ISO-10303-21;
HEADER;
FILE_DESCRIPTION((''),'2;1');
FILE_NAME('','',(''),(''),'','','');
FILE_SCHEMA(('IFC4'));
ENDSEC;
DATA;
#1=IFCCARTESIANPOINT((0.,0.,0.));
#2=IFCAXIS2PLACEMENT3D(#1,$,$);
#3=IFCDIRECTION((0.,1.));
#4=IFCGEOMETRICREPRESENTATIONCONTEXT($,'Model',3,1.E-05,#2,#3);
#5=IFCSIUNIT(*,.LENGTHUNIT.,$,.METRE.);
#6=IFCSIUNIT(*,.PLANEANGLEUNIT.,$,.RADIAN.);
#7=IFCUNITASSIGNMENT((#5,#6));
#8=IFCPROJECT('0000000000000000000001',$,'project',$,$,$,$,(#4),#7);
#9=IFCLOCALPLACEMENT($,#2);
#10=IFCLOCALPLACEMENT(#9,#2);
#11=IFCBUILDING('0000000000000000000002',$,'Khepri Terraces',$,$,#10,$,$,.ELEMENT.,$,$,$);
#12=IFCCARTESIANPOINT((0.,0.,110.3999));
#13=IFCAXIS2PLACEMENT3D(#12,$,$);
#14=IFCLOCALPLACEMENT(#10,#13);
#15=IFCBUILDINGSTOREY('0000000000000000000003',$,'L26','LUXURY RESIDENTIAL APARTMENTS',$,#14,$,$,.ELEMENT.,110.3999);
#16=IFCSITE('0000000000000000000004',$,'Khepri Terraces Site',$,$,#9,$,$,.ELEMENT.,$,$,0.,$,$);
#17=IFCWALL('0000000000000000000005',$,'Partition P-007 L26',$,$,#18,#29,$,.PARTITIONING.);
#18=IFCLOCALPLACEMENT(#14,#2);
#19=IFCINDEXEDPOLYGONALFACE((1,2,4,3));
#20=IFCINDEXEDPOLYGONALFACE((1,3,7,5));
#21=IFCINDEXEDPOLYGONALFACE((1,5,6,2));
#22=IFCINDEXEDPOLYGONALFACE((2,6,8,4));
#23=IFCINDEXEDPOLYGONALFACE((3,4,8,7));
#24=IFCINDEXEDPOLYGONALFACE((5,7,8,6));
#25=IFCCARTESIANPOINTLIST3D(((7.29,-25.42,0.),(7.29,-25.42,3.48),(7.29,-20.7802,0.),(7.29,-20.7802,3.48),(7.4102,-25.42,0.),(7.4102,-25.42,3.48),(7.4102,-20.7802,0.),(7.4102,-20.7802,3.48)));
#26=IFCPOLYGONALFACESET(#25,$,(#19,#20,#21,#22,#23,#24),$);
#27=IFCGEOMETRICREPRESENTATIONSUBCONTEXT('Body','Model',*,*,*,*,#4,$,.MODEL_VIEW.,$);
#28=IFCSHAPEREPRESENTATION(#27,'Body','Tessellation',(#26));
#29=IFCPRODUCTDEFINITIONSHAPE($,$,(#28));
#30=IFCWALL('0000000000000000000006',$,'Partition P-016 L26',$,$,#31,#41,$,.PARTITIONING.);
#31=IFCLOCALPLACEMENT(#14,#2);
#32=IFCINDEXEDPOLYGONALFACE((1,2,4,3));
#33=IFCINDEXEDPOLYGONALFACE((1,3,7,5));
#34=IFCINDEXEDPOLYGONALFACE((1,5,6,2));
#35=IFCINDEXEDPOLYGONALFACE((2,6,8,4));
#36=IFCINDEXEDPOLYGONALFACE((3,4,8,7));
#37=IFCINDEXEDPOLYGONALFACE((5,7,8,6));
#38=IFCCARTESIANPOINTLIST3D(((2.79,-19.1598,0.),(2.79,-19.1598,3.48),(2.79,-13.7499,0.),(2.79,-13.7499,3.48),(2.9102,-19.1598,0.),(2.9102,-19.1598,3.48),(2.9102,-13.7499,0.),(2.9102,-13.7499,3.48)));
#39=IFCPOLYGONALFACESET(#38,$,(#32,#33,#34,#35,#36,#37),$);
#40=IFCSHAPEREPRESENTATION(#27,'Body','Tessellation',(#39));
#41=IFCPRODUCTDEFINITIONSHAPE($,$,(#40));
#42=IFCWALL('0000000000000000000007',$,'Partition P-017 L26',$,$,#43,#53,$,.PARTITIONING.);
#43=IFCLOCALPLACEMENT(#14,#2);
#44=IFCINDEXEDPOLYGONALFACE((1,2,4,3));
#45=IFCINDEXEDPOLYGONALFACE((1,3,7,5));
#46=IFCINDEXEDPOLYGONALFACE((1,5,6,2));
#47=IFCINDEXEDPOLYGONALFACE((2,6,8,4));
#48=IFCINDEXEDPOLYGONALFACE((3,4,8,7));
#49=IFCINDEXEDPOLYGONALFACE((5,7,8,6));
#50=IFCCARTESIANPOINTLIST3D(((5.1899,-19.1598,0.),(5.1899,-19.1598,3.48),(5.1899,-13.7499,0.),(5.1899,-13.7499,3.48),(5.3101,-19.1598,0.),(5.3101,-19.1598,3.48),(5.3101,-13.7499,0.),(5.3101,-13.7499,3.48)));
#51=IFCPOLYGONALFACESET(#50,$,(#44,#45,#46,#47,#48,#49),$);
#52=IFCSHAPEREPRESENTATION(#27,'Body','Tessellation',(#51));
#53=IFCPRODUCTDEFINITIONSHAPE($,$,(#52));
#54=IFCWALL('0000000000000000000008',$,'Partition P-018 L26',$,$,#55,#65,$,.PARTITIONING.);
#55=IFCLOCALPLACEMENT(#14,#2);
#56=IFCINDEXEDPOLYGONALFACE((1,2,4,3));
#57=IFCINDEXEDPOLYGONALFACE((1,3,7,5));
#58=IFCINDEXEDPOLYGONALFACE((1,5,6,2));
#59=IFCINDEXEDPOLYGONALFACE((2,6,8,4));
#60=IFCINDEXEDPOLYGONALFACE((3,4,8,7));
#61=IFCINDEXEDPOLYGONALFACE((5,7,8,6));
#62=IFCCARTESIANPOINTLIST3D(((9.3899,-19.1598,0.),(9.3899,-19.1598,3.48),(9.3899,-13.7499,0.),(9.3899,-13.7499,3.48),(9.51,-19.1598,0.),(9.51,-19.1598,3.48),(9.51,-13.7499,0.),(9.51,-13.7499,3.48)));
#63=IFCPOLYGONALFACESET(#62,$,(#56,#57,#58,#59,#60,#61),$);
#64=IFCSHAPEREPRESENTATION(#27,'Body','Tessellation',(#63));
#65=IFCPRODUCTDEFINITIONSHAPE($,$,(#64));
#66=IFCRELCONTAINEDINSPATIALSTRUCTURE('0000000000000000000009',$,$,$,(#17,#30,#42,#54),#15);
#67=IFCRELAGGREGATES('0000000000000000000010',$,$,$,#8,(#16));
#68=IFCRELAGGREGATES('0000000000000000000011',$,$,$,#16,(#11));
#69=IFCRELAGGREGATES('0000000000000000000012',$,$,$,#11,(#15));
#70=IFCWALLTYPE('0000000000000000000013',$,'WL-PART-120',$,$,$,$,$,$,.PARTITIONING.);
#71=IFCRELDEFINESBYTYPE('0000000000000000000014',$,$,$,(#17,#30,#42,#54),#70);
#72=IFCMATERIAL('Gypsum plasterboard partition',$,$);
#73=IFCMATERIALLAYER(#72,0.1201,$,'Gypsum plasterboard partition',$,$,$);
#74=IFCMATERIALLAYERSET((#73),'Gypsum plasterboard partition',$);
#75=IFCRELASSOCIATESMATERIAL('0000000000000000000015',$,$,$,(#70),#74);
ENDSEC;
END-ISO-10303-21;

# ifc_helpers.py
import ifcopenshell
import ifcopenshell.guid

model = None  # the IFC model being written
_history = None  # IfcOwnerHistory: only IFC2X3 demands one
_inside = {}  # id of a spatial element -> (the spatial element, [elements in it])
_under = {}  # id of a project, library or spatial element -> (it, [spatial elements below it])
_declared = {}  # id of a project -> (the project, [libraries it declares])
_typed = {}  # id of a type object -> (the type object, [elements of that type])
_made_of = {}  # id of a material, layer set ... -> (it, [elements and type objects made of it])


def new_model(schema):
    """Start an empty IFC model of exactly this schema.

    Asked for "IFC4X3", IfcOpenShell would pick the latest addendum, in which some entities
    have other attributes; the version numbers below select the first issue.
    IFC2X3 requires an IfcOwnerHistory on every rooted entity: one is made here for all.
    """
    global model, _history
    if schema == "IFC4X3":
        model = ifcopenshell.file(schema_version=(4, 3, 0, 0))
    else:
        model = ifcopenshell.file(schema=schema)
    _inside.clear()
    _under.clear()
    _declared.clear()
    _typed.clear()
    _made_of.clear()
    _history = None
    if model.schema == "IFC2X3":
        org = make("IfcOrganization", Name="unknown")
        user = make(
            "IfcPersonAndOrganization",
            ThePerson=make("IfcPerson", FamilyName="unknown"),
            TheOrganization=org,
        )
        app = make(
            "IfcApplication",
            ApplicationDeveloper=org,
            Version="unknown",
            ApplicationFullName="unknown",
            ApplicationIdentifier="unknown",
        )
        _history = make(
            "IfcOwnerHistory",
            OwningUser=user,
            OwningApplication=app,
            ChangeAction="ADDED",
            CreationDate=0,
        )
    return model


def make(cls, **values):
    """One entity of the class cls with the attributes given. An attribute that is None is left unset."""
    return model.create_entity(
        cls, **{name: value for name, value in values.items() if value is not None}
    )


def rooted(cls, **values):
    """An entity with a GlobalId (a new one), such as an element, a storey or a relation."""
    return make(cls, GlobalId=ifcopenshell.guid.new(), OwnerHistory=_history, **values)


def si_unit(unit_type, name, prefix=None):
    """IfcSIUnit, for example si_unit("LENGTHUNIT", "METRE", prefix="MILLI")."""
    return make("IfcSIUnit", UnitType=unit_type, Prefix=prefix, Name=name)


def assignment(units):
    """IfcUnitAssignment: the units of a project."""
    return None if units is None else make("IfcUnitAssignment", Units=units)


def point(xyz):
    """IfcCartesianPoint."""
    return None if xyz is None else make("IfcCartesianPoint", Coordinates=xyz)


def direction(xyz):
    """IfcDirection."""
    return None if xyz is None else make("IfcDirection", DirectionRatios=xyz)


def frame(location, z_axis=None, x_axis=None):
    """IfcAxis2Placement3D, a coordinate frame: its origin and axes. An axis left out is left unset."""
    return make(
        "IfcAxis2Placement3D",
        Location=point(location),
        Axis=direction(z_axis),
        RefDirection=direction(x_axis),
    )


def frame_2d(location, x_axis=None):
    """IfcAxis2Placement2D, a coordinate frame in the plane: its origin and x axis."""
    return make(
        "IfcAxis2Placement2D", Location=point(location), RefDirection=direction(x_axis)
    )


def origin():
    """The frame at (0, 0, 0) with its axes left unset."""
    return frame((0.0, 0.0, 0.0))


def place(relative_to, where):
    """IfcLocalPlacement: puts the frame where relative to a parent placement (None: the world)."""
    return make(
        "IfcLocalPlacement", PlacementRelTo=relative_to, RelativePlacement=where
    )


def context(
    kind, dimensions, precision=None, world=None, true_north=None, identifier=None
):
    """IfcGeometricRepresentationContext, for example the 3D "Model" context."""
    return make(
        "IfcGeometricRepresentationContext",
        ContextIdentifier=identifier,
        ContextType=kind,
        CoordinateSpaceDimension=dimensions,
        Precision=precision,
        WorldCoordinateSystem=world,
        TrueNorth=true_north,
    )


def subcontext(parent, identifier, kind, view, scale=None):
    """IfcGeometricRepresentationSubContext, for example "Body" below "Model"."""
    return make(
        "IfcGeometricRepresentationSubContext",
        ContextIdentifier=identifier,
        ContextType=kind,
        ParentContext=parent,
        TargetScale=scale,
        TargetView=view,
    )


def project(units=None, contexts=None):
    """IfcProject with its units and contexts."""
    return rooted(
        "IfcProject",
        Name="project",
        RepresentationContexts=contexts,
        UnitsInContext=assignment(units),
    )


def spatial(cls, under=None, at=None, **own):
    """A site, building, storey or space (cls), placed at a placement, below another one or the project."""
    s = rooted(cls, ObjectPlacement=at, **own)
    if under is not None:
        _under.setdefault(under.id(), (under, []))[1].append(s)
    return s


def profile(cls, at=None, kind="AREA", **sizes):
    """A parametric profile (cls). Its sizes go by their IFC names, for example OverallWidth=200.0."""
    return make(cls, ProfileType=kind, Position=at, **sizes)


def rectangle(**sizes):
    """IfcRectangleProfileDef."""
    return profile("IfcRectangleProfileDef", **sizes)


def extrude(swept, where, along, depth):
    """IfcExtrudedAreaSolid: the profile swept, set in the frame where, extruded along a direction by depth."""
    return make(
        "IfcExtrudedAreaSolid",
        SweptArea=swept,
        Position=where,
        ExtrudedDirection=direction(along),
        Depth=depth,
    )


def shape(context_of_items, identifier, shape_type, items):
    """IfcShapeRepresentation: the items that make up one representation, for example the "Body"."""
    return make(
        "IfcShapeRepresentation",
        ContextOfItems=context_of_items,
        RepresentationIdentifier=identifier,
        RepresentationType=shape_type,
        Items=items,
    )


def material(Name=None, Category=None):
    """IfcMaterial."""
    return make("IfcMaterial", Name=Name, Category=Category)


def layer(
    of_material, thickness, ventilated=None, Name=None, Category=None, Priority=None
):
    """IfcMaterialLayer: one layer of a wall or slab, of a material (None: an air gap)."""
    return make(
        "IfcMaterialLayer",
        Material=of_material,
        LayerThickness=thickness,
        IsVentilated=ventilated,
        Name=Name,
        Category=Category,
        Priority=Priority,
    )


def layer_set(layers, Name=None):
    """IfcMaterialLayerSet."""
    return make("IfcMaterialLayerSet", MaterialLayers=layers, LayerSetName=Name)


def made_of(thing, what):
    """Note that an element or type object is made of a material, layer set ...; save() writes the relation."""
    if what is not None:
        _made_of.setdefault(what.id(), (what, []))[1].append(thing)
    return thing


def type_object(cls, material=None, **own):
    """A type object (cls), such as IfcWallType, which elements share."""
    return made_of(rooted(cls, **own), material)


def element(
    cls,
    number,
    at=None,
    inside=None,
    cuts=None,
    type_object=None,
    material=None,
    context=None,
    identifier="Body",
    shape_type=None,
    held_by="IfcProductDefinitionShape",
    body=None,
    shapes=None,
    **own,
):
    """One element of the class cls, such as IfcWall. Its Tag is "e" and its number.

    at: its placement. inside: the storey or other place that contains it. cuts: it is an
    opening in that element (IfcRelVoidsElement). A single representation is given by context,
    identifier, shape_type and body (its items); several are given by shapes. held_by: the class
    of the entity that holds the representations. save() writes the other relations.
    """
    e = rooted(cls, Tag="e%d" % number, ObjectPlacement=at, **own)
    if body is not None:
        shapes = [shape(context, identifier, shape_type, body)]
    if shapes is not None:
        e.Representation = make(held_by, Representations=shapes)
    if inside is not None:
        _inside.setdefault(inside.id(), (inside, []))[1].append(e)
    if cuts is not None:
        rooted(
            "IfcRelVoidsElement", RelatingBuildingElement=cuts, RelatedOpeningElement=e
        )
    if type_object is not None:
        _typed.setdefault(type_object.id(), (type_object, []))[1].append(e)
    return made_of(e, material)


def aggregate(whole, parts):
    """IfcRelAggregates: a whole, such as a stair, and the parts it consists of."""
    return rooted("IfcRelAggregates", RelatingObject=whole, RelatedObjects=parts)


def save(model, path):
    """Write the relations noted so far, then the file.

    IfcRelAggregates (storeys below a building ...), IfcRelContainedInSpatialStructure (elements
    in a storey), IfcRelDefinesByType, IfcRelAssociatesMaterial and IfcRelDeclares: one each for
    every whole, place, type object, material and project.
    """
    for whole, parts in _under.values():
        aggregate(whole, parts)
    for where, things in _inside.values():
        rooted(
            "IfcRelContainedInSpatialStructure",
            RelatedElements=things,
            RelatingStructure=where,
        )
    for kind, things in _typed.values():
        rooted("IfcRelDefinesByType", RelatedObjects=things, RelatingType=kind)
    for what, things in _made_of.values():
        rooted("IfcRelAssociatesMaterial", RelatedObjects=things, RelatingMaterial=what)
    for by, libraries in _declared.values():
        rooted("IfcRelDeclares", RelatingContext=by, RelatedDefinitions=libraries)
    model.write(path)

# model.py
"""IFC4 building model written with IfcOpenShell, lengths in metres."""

from ifc_helpers import new_model, si_unit, direction, frame, frame_2d, origin, place, context, subcontext, project, spatial, rectangle, extrude, material, layer, layer_set, type_object, element, save


model = new_model("IFC4")

# Units and contexts
model_context = context("Model", 3, precision=1e-05, world=origin(), true_north=direction((0.0, 1.0)))
body_context = subcontext(model_context, "Body", "Model", "MODEL_VIEW")
ifc_project = project(units=[si_unit("LENGTHUNIT", "METRE"), si_unit("PLANEANGLEUNIT", "RADIAN")], contexts=[model_context])

# Site, building, storey
site_placement = place(None, origin())
site = spatial("IfcSite", under=ifc_project, at=site_placement, Name="Khepri Terraces Site", CompositionType="ELEMENT", RefElevation=0.0)
building_placement = place(site_placement, origin())
building = spatial("IfcBuilding", under=site, at=building_placement, Name="Khepri Terraces", CompositionType="ELEMENT")
storey_placement = place(building_placement, frame((0.0, 0.0, 110.3999)))
storey = spatial("IfcBuildingStorey", under=building, at=storey_placement, Name="L26", Description="LUXURY RESIDENTIAL APARTMENTS", CompositionType="ELEMENT", Elevation=110.3999)

# Shared definitions
ifc_material_1 = material(Name="Gypsum plasterboard partition")
ifc_layer_1 = layer(ifc_material_1, 0.1201, Name="Gypsum plasterboard partition")
ifc_layer_set_1 = layer_set([ifc_layer_1], Name="Gypsum plasterboard partition")
wall_type_1 = type_object("IfcWallType", Name="WL-PART-120", PredefinedType="PARTITIONING", material=ifc_layer_set_1)

# Walls
wall_1_placement = place(storey_placement, frame((7.3501, -25.4199, 0.0), z_axis=(0.0, 0.0, 1.0), x_axis=(0.0, 1.0, 0.0)))
element("IfcWall", 1, at=wall_1_placement, inside=storey, type_object=wall_type_1, Name="Partition P-007 L26", PredefinedType="PARTITIONING", context=body_context, shape_type="SweptSolid", body=[
    extrude(rectangle(XDim=4.6399, YDim=0.1201, at=frame_2d((2.3198, 0.0))), origin(), (0.0, 0.0, 1.0), 3.48),
])
for number, where, z_axis, x_axis, name in (
    (2, (2.8501, -19.1599, 0.0), (0.0, 0.0, 1.0), (0.0, 1.0, 0.0), "Partition P-016 L26"),
    (3, (5.25, -19.1599, 0.0), (0.0, 0.0, 1.0), (0.0, 1.0, 0.0), "Partition P-017 L26"),
    (4, (9.45, -19.1599, 0.0), (0.0, 0.0, 1.0), (0.0, 1.0, 0.0), "Partition P-018 L26"),
):
    element("IfcWall", number, at=place(storey_placement, frame(where, z_axis=z_axis, x_axis=x_axis)), inside=storey, type_object=wall_type_1, Name=name, PredefinedType="PARTITIONING", context=body_context, shape_type="SweptSolid", body=[
        extrude(rectangle(XDim=5.4099, YDim=0.1201, at=frame_2d((2.7051, 0.0))), origin(), (0.0, 0.0, 1.0), 3.48),
    ])

save(model, "model.ifc")
